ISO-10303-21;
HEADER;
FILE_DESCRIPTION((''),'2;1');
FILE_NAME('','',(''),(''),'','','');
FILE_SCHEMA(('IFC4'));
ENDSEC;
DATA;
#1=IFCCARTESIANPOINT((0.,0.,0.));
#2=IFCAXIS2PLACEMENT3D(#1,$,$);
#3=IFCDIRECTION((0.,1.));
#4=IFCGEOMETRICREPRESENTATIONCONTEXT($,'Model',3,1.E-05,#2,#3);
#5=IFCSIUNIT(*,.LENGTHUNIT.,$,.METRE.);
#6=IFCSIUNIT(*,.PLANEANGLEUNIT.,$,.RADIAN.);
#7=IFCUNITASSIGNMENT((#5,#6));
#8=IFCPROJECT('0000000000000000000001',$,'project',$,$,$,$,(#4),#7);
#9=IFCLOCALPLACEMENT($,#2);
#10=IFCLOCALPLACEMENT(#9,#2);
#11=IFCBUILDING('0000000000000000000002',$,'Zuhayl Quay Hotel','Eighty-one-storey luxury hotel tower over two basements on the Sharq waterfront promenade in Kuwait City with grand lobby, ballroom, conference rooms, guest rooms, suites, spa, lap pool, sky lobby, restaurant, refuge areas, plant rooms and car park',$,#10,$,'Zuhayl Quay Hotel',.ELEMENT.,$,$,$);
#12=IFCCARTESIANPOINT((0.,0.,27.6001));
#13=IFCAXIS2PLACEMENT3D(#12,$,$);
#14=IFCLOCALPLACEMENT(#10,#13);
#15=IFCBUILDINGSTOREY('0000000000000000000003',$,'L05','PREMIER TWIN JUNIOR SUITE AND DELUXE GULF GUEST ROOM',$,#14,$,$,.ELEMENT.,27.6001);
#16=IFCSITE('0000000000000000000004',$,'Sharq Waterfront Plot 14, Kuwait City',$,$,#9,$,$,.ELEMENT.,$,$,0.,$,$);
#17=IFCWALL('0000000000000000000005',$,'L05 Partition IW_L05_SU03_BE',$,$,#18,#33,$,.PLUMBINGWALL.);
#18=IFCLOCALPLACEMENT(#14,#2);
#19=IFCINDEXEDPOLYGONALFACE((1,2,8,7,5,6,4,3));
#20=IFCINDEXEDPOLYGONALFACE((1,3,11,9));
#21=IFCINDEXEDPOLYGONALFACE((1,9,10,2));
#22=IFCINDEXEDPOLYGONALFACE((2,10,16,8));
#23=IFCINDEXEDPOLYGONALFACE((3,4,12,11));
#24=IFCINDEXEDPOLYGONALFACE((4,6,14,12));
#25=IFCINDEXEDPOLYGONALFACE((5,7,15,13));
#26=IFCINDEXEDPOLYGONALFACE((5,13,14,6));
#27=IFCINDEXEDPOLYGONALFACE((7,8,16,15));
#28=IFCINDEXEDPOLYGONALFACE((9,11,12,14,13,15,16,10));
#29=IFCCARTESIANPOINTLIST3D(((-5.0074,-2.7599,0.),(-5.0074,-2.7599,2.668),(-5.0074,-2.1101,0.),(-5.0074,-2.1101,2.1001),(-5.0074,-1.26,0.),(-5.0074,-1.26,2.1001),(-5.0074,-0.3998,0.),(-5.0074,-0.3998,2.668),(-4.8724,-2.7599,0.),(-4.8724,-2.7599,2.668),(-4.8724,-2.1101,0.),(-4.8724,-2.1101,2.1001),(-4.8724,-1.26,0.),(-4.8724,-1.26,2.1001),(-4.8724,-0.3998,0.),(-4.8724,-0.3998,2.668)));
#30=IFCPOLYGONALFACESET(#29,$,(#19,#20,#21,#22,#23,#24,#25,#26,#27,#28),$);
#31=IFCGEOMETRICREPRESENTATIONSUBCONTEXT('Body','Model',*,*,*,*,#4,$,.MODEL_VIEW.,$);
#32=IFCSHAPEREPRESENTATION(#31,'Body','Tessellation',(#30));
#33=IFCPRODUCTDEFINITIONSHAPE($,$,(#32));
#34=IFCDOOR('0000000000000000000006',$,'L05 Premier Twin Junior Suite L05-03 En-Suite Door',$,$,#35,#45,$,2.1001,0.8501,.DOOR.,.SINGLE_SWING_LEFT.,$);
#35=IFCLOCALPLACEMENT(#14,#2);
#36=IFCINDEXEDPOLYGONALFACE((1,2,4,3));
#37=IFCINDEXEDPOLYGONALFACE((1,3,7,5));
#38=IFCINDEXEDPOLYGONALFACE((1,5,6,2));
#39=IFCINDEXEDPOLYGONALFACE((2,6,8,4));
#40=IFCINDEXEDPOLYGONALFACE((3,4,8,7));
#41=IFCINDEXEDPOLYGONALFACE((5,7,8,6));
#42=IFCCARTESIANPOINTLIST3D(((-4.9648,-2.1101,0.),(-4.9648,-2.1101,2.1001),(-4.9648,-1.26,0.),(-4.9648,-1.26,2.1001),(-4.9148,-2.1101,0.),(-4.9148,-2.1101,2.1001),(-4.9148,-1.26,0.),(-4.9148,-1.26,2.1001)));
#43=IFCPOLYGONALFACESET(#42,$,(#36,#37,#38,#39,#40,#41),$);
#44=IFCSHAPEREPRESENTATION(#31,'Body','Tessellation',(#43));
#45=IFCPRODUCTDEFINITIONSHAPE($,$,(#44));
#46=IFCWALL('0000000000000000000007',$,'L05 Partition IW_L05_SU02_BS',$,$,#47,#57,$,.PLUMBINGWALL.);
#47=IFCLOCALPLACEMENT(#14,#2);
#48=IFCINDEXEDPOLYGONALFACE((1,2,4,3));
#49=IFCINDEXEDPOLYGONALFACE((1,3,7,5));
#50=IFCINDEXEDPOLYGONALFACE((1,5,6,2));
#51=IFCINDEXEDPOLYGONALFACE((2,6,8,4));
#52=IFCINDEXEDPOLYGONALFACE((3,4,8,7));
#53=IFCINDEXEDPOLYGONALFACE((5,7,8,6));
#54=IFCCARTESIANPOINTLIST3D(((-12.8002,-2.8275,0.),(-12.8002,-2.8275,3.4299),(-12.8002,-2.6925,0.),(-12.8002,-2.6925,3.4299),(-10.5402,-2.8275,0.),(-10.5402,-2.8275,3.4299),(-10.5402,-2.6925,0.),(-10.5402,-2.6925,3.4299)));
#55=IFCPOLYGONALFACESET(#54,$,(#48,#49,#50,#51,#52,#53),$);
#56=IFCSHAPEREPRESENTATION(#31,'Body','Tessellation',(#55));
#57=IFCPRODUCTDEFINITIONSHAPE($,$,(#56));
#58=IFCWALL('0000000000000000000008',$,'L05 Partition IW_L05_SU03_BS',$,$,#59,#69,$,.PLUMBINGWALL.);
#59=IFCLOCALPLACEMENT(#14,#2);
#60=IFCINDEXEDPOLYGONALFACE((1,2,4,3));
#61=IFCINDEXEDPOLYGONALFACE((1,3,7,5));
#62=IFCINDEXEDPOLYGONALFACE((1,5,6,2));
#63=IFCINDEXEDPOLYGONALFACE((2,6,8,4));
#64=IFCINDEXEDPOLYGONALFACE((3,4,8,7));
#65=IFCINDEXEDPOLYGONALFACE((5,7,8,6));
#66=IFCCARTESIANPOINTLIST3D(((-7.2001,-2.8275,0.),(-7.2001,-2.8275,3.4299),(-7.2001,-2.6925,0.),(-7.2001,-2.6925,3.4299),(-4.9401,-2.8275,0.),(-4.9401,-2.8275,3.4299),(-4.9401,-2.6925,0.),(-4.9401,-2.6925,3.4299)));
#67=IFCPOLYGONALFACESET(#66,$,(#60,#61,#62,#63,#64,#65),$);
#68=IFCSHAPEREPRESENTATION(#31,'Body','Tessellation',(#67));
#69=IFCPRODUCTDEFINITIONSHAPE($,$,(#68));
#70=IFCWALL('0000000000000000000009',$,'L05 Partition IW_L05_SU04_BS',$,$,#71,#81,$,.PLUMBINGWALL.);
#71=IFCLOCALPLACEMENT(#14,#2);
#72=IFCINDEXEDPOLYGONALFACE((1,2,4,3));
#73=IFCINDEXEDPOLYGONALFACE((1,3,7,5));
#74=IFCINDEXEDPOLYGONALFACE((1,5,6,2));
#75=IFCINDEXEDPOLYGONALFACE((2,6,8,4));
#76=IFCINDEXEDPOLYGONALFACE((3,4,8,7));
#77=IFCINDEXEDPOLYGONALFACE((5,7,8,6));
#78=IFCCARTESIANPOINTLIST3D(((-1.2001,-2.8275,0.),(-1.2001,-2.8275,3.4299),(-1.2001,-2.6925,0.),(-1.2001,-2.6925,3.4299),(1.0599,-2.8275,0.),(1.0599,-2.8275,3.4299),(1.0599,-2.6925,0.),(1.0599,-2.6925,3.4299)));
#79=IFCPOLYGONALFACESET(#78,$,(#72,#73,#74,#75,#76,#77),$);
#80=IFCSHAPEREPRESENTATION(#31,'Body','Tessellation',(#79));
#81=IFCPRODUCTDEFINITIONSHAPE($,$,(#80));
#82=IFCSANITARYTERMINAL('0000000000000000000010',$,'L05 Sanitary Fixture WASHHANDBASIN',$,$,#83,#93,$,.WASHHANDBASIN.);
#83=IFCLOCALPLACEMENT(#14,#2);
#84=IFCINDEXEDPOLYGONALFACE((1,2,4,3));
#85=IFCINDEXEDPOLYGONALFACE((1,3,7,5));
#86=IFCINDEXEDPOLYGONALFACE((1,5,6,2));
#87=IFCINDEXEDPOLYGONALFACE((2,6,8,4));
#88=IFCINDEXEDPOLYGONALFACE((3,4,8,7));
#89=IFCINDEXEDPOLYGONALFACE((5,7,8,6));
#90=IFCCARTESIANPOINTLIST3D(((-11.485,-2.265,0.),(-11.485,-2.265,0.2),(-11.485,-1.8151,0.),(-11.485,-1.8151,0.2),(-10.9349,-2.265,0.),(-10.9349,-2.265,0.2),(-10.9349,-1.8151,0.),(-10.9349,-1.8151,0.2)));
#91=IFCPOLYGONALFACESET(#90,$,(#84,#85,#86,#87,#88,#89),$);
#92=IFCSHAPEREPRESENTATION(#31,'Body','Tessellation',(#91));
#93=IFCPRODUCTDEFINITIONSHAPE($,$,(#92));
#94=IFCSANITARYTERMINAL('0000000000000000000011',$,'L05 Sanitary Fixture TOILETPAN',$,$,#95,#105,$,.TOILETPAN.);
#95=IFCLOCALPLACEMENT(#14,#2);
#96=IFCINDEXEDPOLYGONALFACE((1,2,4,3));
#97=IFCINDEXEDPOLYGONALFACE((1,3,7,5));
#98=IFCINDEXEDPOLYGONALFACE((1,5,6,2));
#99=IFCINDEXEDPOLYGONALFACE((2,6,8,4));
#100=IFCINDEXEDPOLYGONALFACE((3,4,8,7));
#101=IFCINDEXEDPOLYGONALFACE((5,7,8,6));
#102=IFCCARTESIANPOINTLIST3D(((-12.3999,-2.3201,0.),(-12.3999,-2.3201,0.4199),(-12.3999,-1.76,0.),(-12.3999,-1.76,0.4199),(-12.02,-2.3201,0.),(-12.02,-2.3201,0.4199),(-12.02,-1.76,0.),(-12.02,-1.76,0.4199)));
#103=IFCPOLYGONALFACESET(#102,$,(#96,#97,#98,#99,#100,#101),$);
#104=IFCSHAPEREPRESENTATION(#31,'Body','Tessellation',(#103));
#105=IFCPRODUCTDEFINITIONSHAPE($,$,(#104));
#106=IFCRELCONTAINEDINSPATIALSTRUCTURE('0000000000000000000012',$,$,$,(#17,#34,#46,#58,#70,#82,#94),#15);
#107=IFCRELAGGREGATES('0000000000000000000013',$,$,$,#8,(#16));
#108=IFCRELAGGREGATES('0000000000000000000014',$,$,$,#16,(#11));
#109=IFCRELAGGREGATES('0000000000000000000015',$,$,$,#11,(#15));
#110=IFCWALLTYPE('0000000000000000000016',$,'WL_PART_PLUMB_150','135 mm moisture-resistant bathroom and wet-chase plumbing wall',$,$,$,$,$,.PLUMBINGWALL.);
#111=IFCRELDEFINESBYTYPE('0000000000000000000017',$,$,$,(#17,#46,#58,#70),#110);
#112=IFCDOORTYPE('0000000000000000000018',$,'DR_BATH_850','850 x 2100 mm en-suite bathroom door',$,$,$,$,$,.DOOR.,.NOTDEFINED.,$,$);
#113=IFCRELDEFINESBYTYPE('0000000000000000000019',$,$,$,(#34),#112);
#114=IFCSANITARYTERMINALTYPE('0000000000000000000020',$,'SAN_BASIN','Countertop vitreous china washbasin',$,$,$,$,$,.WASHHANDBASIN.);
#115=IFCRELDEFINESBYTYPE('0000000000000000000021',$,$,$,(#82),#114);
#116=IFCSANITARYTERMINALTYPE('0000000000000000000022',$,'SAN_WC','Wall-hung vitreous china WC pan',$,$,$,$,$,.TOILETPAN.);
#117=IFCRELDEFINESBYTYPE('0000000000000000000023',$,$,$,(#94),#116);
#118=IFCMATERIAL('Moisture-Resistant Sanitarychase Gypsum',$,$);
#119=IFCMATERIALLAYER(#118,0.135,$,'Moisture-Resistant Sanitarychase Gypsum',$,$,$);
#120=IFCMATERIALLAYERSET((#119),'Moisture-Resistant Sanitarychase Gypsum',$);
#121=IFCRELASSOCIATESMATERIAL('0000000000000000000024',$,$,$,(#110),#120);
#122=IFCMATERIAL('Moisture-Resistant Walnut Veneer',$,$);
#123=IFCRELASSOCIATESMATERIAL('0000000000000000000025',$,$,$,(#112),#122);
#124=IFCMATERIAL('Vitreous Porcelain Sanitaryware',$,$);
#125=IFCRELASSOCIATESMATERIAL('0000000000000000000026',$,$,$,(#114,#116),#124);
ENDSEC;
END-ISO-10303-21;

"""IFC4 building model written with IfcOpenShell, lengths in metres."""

from ifc_helpers import new_model, si_unit, direction, frame, frame_2d, origin, origin_2d, place, context, subcontext, project, spatial, rectangle, extrude, material, layer, layer_set, type_object, element, fill, save


model = new_model("IFC4")

# Units and contexts
model_context = context("Model", 3, precision=1e-05, world=origin(), true_north=direction((0.0, 1.0)))
body_context = subcontext(model_context, "Body", "Model", "MODEL_VIEW")
ifc_project = project(units=[si_unit("LENGTHUNIT", "METRE"), si_unit("PLANEANGLEUNIT", "RADIAN")], contexts=[model_context])

# Site, building, storey
site_placement = place(None, origin())
site = spatial("IfcSite", under=ifc_project, at=site_placement, Name="Sharq Waterfront Plot 14, Kuwait City", CompositionType="ELEMENT", RefElevation=0.0)
building_placement = place(site_placement, origin())
building = spatial("IfcBuilding", under=site, at=building_placement, Name="Zuhayl Quay Hotel", Description="Eighty-one-storey luxury hotel tower over two basements on the Sharq waterfront promenade in Kuwait City with grand lobby, ballroom, conference rooms, guest rooms, suites, spa, lap pool, sky lobby, restaurant, refuge areas, plant rooms and car park", LongName="Zuhayl Quay Hotel", CompositionType="ELEMENT")
storey_placement = place(building_placement, frame((0.0, 0.0, 27.6001)))
storey = spatial("IfcBuildingStorey", under=building, at=storey_placement, Name="L05", Description="PREMIER TWIN JUNIOR SUITE AND DELUXE GULF GUEST ROOM", CompositionType="ELEMENT", Elevation=27.6001)

# Wall, opening, door
ifc_material_1 = material(Name="Moisture-Resistant Sanitarychase Gypsum")
ifc_layer_1 = layer(ifc_material_1, 0.135, Name="Moisture-Resistant Sanitarychase Gypsum")
ifc_layer_set_1 = layer_set([ifc_layer_1], Name="Moisture-Resistant Sanitarychase Gypsum")
wall_type_1 = type_object("IfcWallType", Name="WL_PART_PLUMB_150", Description="135 mm moisture-resistant bathroom and wet-chase plumbing wall", PredefinedType="PLUMBINGWALL", material=ifc_layer_set_1)
ifc_material_2 = material(Name="Moisture-Resistant Walnut Veneer")
door_type_1 = type_object("IfcDoorType", Name="DR_BATH_850", Description="850 x 2100 mm en-suite bathroom door", OperationType="NOTDEFINED", PredefinedType="DOOR", material=ifc_material_2)
wall_1_placement = place(storey_placement, frame((-4.9399, -2.76, 0.0), z_axis=(0.0, 0.0, 1.0), x_axis=(0.0, 1.0, 0.0)))
wall_1 = element("IfcWall", 1, at=wall_1_placement, inside=storey, type_object=wall_type_1, Name="L05 Partition IW_L05_SU03_BE", PredefinedType="PLUMBINGWALL", context=body_context, shape_type="SweptSolid", body=[
    extrude(rectangle(XDim=2.3601, YDim=0.135, at=frame_2d((1.1802, 0.0))), origin(), (0.0, 0.0, 1.0), 2.668),
])
opening_1_placement = place(wall_1_placement, frame((0.6499, 0.0, 0.0)))
opening_1 = element("IfcOpeningElement", 2, at=opening_1_placement, cuts=wall_1, PredefinedType="OPENING", context=body_context, shape_type="SweptSolid", body=[
    extrude(rectangle(XDim=0.8501, YDim=2.1001, at=frame_2d((0.425, 1.05))), frame((0.0, 0.0774, 0.0), z_axis=(0.0, -1.0, 0.0), x_axis=(1.0, 0.0, 0.0)), (0.0, 0.0, 1.0), 0.155),
])
door_1_placement = place(opening_1_placement, origin())
door_1 = element("IfcDoor", 3, at=door_1_placement, inside=storey, type_object=door_type_1, Name="L05 Premier Twin Junior Suite L05-03 En-Suite Door", OperationType="SINGLE_SWING_LEFT", OverallHeight=2.1001, OverallWidth=0.8501, PredefinedType="DOOR", context=body_context, shape_type="SweptSolid", body=[
    extrude(rectangle(XDim=0.8501, YDim=2.1001, at=frame_2d((0.425, 1.05))), frame((0.0, 0.0249, 0.0), z_axis=(0.0, -1.0, 0.0), x_axis=(1.0, 0.0, 0.0)), (0.0, 0.0, 1.0), 0.05),
])
fill(opening_1, door_1)

# Walls
for number, where, z_axis, x_axis, name in (
    (4, (-12.8, -2.76, 0.0), (0.0, 0.0, 1.0), (1.0, 0.0, 0.0), "L05 Partition IW_L05_SU02_BS"),
    (5, (-7.2, -2.76, 0.0), (0.0, 0.0, 1.0), (1.0, 0.0, 0.0), "L05 Partition IW_L05_SU03_BS"),
    (6, (-1.2, -2.76, 0.0), (0.0, 0.0, 1.0), (1.0, 0.0, 0.0), "L05 Partition IW_L05_SU04_BS"),
):
    element("IfcWall", number, at=place(storey_placement, frame(where, z_axis=z_axis, x_axis=x_axis)), inside=storey, type_object=wall_type_1, Name=name, PredefinedType="PLUMBINGWALL", context=body_context, shape_type="SweptSolid", body=[
        extrude(rectangle(XDim=2.26, YDim=0.135, at=frame_2d((1.1299, 0.0))), origin(), (0.0, 0.0, 1.0), 3.4299),
    ])

# Sanitary terminals
ifc_material_3 = material(Name="Vitreous Porcelain Sanitaryware")
sanitary_terminal_type_1 = type_object("IfcSanitaryTerminalType", Name="SAN_BASIN", Description="Countertop vitreous china washbasin", PredefinedType="WASHHANDBASIN", material=ifc_material_3)
sanitary_terminal_1_placement = place(storey_placement, frame((-11.21, -2.04, 0.0), z_axis=(0.0, 0.0, 1.0), x_axis=(1.0, 0.0, 0.0)))
element("IfcSanitaryTerminal", 7, at=sanitary_terminal_1_placement, inside=storey, type_object=sanitary_terminal_type_1, Name="L05 Sanitary Fixture WASHHANDBASIN", PredefinedType="WASHHANDBASIN", context=body_context, shape_type="SweptSolid", body=[
    extrude(rectangle(XDim=0.55, YDim=0.45, at=origin_2d()), origin(), (0.0, 0.0, 1.0), 0.2),
])
sanitary_terminal_type_2 = type_object("IfcSanitaryTerminalType", Name="SAN_WC", Description="Wall-hung vitreous china WC pan", PredefinedType="TOILETPAN", material=ifc_material_3)
sanitary_terminal_2_placement = place(storey_placement, frame((-12.21, -2.04, 0.0), z_axis=(0.0, 0.0, 1.0), x_axis=(1.0, 0.0, 0.0)))
element("IfcSanitaryTerminal", 8, at=sanitary_terminal_2_placement, inside=storey, type_object=sanitary_terminal_type_2, Name="L05 Sanitary Fixture TOILETPAN", PredefinedType="TOILETPAN", context=body_context, shape_type="SweptSolid", body=[
    extrude(rectangle(XDim=0.3799, YDim=0.5601, at=origin_2d()), origin(), (0.0, 0.0, 1.0), 0.4199),
])

save(model, "model.ifc")
